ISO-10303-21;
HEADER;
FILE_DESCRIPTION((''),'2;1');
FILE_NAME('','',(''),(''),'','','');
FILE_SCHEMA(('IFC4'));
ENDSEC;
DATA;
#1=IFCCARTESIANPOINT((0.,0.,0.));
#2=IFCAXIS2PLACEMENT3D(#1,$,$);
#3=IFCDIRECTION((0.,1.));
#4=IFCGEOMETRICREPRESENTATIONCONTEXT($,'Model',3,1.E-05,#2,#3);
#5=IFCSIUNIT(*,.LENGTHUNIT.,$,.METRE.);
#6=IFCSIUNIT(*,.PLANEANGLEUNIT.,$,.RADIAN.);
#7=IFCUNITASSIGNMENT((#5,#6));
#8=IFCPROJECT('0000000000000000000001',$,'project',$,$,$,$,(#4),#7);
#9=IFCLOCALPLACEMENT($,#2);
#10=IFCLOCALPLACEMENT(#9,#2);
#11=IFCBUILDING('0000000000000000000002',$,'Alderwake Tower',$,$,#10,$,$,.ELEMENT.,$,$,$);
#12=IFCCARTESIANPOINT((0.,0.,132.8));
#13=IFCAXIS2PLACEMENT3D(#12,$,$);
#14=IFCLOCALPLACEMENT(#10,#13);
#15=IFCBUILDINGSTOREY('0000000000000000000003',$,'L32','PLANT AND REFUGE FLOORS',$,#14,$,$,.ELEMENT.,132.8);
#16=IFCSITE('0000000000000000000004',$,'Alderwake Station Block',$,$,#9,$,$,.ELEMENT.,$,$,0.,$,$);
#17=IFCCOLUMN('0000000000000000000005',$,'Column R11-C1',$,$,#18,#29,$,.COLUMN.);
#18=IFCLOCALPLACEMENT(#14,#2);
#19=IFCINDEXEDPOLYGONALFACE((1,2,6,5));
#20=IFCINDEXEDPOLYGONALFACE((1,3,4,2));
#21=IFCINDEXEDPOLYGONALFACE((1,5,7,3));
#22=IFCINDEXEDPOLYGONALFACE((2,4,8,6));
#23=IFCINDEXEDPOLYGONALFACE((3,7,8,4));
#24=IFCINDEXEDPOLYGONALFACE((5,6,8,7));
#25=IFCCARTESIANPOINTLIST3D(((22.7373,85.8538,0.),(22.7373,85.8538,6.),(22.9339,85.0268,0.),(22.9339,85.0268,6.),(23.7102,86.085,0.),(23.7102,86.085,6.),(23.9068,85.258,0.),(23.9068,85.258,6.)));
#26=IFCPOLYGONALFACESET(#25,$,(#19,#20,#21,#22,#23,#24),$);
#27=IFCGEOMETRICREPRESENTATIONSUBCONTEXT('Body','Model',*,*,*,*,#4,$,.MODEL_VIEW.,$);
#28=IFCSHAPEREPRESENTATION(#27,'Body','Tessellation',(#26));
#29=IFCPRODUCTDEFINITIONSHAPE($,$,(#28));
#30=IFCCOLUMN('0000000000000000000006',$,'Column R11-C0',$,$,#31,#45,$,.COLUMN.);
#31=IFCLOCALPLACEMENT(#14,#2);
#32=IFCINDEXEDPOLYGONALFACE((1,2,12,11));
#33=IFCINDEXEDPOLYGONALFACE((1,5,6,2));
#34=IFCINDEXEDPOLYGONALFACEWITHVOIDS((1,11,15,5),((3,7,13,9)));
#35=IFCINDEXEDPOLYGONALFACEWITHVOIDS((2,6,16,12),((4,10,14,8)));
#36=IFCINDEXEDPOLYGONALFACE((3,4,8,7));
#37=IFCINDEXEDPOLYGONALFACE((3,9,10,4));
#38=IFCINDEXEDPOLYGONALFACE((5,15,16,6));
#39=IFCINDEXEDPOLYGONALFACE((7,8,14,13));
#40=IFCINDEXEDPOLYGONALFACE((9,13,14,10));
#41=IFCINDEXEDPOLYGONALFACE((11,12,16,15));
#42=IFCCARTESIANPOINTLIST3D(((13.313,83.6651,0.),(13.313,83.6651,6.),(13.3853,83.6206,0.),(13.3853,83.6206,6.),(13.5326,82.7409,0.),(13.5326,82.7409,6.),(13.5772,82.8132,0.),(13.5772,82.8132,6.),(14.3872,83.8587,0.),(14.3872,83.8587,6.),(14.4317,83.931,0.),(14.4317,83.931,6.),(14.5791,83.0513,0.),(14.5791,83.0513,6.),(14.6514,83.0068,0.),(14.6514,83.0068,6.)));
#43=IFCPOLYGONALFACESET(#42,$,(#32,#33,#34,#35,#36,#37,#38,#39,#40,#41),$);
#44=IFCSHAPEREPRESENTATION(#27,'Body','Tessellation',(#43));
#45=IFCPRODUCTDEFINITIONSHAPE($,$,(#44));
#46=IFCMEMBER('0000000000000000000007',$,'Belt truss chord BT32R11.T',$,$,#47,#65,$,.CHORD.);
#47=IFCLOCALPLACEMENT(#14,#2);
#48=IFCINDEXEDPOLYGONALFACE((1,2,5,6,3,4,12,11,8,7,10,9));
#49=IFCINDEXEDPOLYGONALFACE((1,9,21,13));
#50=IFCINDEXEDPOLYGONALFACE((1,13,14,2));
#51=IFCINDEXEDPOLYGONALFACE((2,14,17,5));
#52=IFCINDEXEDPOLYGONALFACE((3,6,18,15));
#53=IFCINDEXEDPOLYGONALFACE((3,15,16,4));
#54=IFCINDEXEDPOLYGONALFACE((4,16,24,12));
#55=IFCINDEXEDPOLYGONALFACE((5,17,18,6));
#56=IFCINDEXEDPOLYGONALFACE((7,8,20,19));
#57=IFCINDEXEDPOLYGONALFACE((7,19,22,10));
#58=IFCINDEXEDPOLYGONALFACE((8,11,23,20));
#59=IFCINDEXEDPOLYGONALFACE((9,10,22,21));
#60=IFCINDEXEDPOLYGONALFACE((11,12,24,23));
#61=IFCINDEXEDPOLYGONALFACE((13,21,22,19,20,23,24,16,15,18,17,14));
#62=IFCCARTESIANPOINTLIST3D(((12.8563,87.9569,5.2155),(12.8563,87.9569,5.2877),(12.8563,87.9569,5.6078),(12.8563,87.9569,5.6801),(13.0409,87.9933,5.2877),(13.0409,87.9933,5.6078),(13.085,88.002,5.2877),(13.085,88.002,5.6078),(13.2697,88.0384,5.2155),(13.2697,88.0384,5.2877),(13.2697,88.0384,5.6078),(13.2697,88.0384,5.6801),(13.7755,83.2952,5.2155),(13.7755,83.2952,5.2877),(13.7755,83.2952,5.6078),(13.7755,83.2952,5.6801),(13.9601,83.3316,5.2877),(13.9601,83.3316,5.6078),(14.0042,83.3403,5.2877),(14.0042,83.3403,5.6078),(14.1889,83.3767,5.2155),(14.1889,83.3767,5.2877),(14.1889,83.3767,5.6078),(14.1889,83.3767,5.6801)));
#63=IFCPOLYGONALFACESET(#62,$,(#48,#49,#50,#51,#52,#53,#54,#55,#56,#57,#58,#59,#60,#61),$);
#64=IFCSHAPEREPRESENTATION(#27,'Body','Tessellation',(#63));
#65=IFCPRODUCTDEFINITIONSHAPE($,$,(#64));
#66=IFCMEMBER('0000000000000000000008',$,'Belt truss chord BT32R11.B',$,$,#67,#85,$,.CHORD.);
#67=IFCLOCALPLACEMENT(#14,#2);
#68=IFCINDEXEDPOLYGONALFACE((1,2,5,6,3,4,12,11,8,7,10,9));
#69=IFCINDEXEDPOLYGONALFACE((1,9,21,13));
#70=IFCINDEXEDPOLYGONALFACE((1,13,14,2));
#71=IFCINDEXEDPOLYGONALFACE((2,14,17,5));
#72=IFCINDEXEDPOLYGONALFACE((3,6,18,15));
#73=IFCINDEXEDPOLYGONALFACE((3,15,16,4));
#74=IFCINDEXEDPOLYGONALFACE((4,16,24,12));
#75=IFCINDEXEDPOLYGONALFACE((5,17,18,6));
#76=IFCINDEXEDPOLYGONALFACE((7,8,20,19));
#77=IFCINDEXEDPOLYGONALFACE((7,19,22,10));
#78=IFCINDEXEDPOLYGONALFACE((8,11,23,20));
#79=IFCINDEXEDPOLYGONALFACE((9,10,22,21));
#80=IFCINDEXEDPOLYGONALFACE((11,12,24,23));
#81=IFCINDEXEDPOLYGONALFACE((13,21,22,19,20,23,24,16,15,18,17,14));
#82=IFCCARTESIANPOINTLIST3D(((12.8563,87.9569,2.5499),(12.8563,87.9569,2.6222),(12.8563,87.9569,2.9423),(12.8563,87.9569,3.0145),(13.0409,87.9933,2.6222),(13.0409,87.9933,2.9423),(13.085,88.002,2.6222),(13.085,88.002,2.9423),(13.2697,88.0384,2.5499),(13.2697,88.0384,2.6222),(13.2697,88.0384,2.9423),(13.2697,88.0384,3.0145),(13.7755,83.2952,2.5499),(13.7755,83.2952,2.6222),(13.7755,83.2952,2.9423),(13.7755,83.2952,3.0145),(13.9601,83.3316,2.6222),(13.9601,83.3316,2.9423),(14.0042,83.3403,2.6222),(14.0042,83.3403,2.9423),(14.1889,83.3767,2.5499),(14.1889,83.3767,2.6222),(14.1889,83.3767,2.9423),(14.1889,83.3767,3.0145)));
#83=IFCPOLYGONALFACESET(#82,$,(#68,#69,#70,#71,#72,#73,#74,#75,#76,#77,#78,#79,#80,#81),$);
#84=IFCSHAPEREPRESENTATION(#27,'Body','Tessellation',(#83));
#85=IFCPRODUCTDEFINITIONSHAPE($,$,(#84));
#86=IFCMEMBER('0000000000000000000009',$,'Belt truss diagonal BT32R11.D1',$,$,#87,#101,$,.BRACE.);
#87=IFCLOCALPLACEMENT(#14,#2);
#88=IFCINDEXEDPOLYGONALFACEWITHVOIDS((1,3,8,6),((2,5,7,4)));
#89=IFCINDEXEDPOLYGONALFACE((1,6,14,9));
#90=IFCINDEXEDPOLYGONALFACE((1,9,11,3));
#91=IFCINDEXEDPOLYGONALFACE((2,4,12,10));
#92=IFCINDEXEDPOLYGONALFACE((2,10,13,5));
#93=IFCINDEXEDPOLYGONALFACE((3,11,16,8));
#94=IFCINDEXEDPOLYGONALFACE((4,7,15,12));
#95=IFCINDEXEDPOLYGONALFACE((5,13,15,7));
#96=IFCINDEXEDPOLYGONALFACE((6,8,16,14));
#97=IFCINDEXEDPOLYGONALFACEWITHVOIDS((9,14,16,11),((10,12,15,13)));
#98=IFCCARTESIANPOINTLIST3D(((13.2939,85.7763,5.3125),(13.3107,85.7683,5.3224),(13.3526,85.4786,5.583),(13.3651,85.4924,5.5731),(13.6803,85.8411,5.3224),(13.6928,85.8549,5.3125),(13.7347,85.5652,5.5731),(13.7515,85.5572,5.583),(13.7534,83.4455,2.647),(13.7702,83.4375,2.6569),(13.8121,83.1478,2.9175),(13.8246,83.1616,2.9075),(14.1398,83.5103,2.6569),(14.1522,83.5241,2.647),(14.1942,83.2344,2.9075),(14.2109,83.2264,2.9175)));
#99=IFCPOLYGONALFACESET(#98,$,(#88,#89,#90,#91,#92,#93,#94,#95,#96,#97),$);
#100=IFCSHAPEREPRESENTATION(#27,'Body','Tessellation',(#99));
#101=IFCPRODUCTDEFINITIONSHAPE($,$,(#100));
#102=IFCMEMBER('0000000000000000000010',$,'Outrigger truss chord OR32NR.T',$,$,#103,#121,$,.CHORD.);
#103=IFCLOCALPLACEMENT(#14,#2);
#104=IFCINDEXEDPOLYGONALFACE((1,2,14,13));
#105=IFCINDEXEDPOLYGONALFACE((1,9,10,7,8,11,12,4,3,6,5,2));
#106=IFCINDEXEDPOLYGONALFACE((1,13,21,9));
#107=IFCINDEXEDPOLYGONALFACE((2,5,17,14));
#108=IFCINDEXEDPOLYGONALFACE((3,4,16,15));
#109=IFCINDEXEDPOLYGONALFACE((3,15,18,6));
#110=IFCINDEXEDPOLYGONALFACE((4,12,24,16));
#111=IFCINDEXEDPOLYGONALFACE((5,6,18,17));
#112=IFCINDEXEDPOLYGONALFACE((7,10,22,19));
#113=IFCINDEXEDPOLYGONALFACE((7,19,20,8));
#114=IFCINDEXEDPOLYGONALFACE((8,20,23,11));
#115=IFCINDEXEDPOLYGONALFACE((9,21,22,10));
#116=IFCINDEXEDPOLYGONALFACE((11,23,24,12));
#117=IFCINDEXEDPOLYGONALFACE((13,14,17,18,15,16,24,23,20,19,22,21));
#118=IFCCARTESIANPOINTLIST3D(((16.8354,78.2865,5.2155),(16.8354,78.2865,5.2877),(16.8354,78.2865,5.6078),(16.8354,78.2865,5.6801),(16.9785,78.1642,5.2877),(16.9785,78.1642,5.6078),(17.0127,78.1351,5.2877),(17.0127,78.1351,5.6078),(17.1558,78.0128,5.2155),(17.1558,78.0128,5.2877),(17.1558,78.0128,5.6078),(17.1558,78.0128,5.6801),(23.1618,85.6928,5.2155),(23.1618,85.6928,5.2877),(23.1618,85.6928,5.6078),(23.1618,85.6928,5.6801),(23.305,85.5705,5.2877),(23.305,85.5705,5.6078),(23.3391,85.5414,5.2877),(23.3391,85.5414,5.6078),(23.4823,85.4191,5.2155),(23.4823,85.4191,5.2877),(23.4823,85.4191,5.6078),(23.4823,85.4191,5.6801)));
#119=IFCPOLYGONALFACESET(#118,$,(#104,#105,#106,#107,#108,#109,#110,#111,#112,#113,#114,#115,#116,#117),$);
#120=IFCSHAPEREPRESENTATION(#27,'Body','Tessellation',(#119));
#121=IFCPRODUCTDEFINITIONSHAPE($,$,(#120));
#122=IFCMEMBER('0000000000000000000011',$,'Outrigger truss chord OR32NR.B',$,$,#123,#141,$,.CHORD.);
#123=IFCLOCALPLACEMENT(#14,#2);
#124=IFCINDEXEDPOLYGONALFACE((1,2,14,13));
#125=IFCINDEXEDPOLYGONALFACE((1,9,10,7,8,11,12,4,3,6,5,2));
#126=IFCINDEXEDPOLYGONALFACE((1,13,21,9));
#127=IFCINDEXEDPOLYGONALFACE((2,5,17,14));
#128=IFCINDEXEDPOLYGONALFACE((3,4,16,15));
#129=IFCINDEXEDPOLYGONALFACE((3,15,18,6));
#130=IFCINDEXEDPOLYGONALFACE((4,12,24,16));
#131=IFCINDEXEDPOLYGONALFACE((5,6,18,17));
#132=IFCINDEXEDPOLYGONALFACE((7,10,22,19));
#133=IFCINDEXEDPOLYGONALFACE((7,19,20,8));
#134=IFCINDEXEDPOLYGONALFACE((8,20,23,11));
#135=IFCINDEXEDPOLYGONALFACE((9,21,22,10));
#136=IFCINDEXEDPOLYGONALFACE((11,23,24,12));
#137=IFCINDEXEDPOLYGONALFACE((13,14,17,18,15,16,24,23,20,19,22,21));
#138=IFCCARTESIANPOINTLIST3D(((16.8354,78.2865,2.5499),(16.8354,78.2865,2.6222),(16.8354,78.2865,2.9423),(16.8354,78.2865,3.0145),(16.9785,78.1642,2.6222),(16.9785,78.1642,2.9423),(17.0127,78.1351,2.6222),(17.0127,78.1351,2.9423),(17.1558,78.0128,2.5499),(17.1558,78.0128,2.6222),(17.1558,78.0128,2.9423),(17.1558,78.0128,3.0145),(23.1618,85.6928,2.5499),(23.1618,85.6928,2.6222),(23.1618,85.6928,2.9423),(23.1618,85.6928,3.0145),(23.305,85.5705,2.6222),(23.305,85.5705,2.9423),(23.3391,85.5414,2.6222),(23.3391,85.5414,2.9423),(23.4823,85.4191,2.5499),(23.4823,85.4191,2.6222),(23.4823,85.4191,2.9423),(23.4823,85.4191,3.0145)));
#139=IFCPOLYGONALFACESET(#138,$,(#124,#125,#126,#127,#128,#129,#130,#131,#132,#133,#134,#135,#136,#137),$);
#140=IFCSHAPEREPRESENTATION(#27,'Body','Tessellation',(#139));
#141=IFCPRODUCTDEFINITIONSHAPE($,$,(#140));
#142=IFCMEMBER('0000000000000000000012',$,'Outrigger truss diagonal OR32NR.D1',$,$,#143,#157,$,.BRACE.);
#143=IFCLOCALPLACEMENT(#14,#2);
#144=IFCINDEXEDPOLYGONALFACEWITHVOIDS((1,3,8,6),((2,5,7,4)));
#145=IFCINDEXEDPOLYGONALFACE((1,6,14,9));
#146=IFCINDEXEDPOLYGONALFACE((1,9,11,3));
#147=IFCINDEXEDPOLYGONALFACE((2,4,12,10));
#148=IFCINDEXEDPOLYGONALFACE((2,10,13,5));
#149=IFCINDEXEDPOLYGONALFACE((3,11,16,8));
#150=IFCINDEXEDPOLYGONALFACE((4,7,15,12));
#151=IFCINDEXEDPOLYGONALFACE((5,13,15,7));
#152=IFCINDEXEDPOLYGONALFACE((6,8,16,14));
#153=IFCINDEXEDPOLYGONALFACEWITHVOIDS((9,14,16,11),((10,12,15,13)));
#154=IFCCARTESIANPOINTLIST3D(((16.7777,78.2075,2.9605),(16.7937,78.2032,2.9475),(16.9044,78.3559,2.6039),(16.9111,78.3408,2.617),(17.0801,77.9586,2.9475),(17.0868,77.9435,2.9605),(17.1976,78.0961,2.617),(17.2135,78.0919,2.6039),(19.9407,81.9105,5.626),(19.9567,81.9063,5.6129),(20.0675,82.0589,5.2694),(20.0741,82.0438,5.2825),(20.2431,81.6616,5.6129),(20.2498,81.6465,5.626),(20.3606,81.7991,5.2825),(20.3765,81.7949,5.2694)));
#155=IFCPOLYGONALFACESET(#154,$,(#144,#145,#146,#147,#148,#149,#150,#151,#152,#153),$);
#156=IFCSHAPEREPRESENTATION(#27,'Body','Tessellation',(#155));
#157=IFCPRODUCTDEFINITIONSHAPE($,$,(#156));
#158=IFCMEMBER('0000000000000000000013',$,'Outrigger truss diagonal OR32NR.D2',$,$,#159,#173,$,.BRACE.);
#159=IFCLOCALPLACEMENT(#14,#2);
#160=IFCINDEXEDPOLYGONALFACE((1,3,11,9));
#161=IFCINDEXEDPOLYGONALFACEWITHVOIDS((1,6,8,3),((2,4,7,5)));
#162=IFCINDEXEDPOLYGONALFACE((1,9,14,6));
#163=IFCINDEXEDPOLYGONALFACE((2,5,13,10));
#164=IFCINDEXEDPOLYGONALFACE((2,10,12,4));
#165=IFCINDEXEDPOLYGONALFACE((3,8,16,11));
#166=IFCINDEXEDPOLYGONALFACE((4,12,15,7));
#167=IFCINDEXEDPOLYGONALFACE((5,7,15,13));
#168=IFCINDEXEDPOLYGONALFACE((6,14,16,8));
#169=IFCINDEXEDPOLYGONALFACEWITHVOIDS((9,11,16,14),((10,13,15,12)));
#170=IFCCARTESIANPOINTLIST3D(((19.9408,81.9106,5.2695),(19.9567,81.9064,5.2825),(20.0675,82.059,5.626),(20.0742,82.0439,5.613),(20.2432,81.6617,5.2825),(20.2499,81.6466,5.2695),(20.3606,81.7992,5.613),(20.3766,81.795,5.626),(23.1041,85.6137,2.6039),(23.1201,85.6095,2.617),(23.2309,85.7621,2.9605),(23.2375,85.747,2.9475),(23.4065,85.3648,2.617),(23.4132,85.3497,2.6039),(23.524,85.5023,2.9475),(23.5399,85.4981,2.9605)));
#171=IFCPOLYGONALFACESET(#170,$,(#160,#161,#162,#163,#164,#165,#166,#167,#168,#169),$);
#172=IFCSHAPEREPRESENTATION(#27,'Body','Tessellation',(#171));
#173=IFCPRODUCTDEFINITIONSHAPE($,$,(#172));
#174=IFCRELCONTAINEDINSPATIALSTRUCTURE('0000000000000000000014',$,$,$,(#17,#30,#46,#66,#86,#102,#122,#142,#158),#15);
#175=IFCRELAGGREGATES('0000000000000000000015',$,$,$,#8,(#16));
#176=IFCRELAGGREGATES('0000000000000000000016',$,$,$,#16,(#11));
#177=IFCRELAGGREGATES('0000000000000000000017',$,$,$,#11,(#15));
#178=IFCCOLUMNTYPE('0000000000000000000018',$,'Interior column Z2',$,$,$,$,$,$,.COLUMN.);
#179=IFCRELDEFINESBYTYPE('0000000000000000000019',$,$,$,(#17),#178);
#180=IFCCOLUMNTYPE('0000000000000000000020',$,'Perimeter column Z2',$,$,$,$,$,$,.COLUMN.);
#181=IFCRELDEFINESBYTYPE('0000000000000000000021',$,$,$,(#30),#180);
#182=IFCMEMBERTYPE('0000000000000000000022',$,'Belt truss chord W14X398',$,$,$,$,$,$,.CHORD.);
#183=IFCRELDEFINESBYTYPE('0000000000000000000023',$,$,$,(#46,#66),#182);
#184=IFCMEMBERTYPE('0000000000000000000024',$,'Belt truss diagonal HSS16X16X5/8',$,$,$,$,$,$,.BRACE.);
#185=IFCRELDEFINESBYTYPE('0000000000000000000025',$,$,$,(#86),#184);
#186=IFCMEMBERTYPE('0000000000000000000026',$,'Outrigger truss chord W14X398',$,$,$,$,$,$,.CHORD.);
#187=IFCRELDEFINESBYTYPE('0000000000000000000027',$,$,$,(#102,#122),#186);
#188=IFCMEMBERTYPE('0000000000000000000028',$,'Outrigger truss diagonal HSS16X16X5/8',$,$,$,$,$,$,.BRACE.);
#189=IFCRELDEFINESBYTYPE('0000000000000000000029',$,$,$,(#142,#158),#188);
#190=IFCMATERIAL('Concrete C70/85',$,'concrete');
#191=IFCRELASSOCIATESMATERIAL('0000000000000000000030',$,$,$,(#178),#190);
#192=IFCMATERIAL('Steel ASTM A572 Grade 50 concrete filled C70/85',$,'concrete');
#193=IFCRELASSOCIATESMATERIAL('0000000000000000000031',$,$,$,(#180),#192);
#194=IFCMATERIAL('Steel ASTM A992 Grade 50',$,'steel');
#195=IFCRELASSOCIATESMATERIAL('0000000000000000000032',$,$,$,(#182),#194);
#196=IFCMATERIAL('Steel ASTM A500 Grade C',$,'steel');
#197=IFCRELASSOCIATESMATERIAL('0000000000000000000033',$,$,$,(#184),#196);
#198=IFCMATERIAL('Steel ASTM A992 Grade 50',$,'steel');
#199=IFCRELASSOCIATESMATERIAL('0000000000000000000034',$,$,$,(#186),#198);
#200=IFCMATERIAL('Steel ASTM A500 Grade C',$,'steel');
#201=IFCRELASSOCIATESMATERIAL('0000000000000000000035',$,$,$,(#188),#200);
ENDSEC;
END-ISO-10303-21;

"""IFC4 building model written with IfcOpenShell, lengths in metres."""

from ifc_helpers import new_model, si_unit, direction, frame, origin, origin_2d, place, context, subcontext, project, spatial, rectangle, hollow_rectangle, i_section, extrude, material, material_profile, profile_set, type_object, element, save


model = new_model("IFC4")

# Units and contexts
model_context = context("Model", 3, precision=1e-05, world=origin(), true_north=direction((0.0, 1.0)))
body_context = subcontext(model_context, "Body", "Model", "MODEL_VIEW")
ifc_project = project(units=[si_unit("LENGTHUNIT", "METRE"), si_unit("PLANEANGLEUNIT", "RADIAN")], contexts=[model_context])

# Site, building, storey
site_placement = place(None, origin())
site = spatial("IfcSite", under=ifc_project, at=site_placement, Name="Alderwake Station Block", CompositionType="ELEMENT", RefElevation=0.0)
building_placement = place(site_placement, origin())
building = spatial("IfcBuilding", under=site, at=building_placement, Name="Alderwake Tower", CompositionType="ELEMENT")
storey_placement = place(building_placement, frame((0.0, 0.0, 132.8)))
storey = spatial("IfcBuildingStorey", under=building, at=storey_placement, Name="L32", Description="PLANT AND REFUGE FLOORS", CompositionType="ELEMENT", Elevation=132.8)

# Columns
ifc_material_1 = material(Name="Concrete C70/85", Category="concrete")
ifc_material_profile_1 = material_profile(ifc_material_1, rectangle(XDim=0.8501, YDim=1.0, at=origin_2d()), Name="RC 1000X850")
ifc_profile_set_1 = profile_set([ifc_material_profile_1], Name="Concrete C70/85")
column_type_1 = type_object("IfcColumnType", Name="Interior column Z2", PredefinedType="COLUMN", material=ifc_profile_set_1)
column_1_placement = place(storey_placement, frame((23.322, 85.5559, 0.0), z_axis=(0.0, 0.0, 1.0), x_axis=(-0.231222, 0.972901, 0.0)))
element("IfcColumn", 1, at=column_1_placement, inside=storey, type_object=column_type_1, Name="Column R11-C1", PredefinedType="COLUMN", context=body_context, shape_type="SweptSolid", body=[
    extrude(rectangle(XDim=0.8501, YDim=1.0, at=origin_2d()), origin(), (0.0, 0.0, 1.0), 6.0),
])
ifc_material_2 = material(Name="Steel ASTM A572 Grade 50 concrete filled C70/85", Category="concrete")
ifc_material_profile_2 = material_profile(ifc_material_2, hollow_rectangle(XDim=0.95, YDim=1.1499, WallThickness=0.0601, at=origin_2d()), Name="BOX 1150X950X60")
ifc_profile_set_2 = profile_set([ifc_material_profile_2], Name="Steel ASTM A572 Grade 50 concrete filled C70/85")
column_type_2 = type_object("IfcColumnType", Name="Perimeter column Z2", PredefinedType="COLUMN", material=ifc_profile_set_2)
column_2_placement = place(storey_placement, frame((13.9822, 83.3359, 0.0), z_axis=(0.0, 0.0, 1.0), x_axis=(-0.231222, 0.972901, 0.0)))
element("IfcColumn", 2, at=column_2_placement, inside=storey, type_object=column_type_2, Name="Column R11-C0", PredefinedType="COLUMN", context=body_context, shape_type="SweptSolid", body=[
    extrude(hollow_rectangle(XDim=0.95, YDim=1.1499, WallThickness=0.0601, at=origin_2d()), origin(), (0.0, 0.0, 1.0), 6.0),
])

# Members
ifc_material_3 = material(Name="Steel ASTM A992 Grade 50", Category="steel")
ifc_material_profile_3 = material_profile(ifc_material_3, i_section(OverallWidth=0.4214, OverallDepth=0.4646, WebThickness=0.0449, FlangeThickness=0.0723, at=origin_2d()), Name="W14X398")
ifc_profile_set_3 = profile_set([ifc_material_profile_3], Name="Steel ASTM A992 Grade 50")
member_type_1 = type_object("IfcMemberType", Name="Belt truss chord W14X398", PredefinedType="CHORD", material=ifc_profile_set_3)
for number, where, z_axis, x_axis, name in (
    (3, (13.9822, 83.3359, 5.4478), (-0.193457, 0.981109, 0.0), (-0.981109, -0.193457, 0.0), "Belt truss chord BT32R11.T"),
    (4, (13.9822, 83.3359, 2.7822), (-0.193457, 0.981109, 0.0), (-0.981109, -0.193457, 0.0), "Belt truss chord BT32R11.B"),
):
    element("IfcMember", number, at=place(storey_placement, frame(where, z_axis=z_axis, x_axis=x_axis)), inside=storey, type_object=member_type_1, Name=name, PredefinedType="CHORD", context=body_context, shape_type="SweptSolid", body=[
        extrude(i_section(OverallWidth=0.4214, OverallDepth=0.4646, WebThickness=0.0449, FlangeThickness=0.0723, at=origin_2d()), origin(), (0.0, 0.0, 1.0), 4.7515),
    ])
ifc_material_4 = material(Name="Steel ASTM A500 Grade C", Category="steel")
ifc_material_profile_4 = material_profile(ifc_material_4, hollow_rectangle(XDim=0.4065, YDim=0.4065, WallThickness=0.0149, at=origin_2d()), Name="HSS16X16X5/8")
ifc_profile_set_4 = profile_set([ifc_material_profile_4], Name="Steel ASTM A500 Grade C")
member_type_2 = type_object("IfcMemberType", Name="Belt truss diagonal HSS16X16X5/8", PredefinedType="BRACE", material=ifc_profile_set_4)
member_1_placement = place(storey_placement, frame((13.9822, 83.3359, 2.7822), z_axis=(-0.128684, 0.652787, 0.746531), x_axis=(-0.981118, -0.193408, 0.0)))
element("IfcMember", 5, at=member_1_placement, inside=storey, type_object=member_type_2, Name="Belt truss diagonal BT32R11.D1", PredefinedType="BRACE", context=body_context, shape_type="SweptSolid", body=[
    extrude(hollow_rectangle(XDim=0.4065, YDim=0.4065, WallThickness=0.0149, at=origin_2d()), origin(), (0.0, 0.0, 1.0), 3.5706),
])
ifc_material_5 = material(Name="Steel ASTM A992 Grade 50", Category="steel")
ifc_material_profile_5 = material_profile(ifc_material_5, i_section(OverallWidth=0.4214, OverallDepth=0.4646, WebThickness=0.0449, FlangeThickness=0.0723, at=origin_2d()), Name="W14X398")
ifc_profile_set_5 = profile_set([ifc_material_profile_5], Name="Steel ASTM A992 Grade 50")
member_type_3 = type_object("IfcMemberType", Name="Outrigger truss chord W14X398", PredefinedType="CHORD", material=ifc_profile_set_5)
for number, where, z_axis, x_axis, name in (
    (6, (16.9956, 78.1497, 5.4478), (0.6495, 0.760361, 0.0), (-0.760361, 0.6495, 0.0), "Outrigger truss chord OR32NR.T"),
    (7, (16.9956, 78.1497, 2.7822), (0.6495, 0.760361, 0.0), (-0.760361, 0.6495, 0.0), "Outrigger truss chord OR32NR.B"),
):
    element("IfcMember", number, at=place(storey_placement, frame(where, z_axis=z_axis, x_axis=x_axis)), inside=storey, type_object=member_type_3, Name=name, PredefinedType="CHORD", context=body_context, shape_type="SweptSolid", body=[
        extrude(i_section(OverallWidth=0.4214, OverallDepth=0.4646, WebThickness=0.0449, FlangeThickness=0.0723, at=origin_2d()), origin(), (0.0, 0.0, 1.0), 9.7405),
    ])
ifc_material_6 = material(Name="Steel ASTM A500 Grade C", Category="steel")
ifc_material_profile_6 = material_profile(ifc_material_6, hollow_rectangle(XDim=0.4065, YDim=0.4065, WallThickness=0.0149, at=origin_2d()), Name="HSS16X16X5/8")
ifc_profile_set_6 = profile_set([ifc_material_profile_6], Name="Steel ASTM A500 Grade C")
member_type_4 = type_object("IfcMemberType", Name="Outrigger truss diagonal HSS16X16X5/8", PredefinedType="BRACE", material=ifc_profile_set_6)
member_2_placement = place(storey_placement, frame((16.9956, 78.1497, 2.7822), z_axis=(0.569733, 0.667005, 0.480113), x_axis=(-0.760374, 0.649486, 0.0)))
element("IfcMember", 8, at=member_2_placement, inside=storey, type_object=member_type_4, Name="Outrigger truss diagonal OR32NR.D1", PredefinedType="BRACE", context=body_context, shape_type="SweptSolid", body=[
    extrude(hollow_rectangle(XDim=0.4065, YDim=0.4065, WallThickness=0.0149, at=origin_2d()), origin(), (0.0, 0.0, 1.0), 5.5518),
])
member_3_placement = place(storey_placement, frame((23.322, 85.5559, 2.7822), z_axis=(-0.569763, -0.666988, 0.480101), x_axis=(0.760349, -0.649515, 0.0)))
element("IfcMember", 9, at=member_3_placement, inside=storey, type_object=member_type_4, Name="Outrigger truss diagonal OR32NR.D2", PredefinedType="BRACE", context=body_context, shape_type="SweptSolid", body=[
    extrude(hollow_rectangle(XDim=0.4065, YDim=0.4065, WallThickness=0.0149, at=origin_2d()), origin(), (0.0, 0.0, 1.0), 5.552),
])

save(model, "model.ifc")
